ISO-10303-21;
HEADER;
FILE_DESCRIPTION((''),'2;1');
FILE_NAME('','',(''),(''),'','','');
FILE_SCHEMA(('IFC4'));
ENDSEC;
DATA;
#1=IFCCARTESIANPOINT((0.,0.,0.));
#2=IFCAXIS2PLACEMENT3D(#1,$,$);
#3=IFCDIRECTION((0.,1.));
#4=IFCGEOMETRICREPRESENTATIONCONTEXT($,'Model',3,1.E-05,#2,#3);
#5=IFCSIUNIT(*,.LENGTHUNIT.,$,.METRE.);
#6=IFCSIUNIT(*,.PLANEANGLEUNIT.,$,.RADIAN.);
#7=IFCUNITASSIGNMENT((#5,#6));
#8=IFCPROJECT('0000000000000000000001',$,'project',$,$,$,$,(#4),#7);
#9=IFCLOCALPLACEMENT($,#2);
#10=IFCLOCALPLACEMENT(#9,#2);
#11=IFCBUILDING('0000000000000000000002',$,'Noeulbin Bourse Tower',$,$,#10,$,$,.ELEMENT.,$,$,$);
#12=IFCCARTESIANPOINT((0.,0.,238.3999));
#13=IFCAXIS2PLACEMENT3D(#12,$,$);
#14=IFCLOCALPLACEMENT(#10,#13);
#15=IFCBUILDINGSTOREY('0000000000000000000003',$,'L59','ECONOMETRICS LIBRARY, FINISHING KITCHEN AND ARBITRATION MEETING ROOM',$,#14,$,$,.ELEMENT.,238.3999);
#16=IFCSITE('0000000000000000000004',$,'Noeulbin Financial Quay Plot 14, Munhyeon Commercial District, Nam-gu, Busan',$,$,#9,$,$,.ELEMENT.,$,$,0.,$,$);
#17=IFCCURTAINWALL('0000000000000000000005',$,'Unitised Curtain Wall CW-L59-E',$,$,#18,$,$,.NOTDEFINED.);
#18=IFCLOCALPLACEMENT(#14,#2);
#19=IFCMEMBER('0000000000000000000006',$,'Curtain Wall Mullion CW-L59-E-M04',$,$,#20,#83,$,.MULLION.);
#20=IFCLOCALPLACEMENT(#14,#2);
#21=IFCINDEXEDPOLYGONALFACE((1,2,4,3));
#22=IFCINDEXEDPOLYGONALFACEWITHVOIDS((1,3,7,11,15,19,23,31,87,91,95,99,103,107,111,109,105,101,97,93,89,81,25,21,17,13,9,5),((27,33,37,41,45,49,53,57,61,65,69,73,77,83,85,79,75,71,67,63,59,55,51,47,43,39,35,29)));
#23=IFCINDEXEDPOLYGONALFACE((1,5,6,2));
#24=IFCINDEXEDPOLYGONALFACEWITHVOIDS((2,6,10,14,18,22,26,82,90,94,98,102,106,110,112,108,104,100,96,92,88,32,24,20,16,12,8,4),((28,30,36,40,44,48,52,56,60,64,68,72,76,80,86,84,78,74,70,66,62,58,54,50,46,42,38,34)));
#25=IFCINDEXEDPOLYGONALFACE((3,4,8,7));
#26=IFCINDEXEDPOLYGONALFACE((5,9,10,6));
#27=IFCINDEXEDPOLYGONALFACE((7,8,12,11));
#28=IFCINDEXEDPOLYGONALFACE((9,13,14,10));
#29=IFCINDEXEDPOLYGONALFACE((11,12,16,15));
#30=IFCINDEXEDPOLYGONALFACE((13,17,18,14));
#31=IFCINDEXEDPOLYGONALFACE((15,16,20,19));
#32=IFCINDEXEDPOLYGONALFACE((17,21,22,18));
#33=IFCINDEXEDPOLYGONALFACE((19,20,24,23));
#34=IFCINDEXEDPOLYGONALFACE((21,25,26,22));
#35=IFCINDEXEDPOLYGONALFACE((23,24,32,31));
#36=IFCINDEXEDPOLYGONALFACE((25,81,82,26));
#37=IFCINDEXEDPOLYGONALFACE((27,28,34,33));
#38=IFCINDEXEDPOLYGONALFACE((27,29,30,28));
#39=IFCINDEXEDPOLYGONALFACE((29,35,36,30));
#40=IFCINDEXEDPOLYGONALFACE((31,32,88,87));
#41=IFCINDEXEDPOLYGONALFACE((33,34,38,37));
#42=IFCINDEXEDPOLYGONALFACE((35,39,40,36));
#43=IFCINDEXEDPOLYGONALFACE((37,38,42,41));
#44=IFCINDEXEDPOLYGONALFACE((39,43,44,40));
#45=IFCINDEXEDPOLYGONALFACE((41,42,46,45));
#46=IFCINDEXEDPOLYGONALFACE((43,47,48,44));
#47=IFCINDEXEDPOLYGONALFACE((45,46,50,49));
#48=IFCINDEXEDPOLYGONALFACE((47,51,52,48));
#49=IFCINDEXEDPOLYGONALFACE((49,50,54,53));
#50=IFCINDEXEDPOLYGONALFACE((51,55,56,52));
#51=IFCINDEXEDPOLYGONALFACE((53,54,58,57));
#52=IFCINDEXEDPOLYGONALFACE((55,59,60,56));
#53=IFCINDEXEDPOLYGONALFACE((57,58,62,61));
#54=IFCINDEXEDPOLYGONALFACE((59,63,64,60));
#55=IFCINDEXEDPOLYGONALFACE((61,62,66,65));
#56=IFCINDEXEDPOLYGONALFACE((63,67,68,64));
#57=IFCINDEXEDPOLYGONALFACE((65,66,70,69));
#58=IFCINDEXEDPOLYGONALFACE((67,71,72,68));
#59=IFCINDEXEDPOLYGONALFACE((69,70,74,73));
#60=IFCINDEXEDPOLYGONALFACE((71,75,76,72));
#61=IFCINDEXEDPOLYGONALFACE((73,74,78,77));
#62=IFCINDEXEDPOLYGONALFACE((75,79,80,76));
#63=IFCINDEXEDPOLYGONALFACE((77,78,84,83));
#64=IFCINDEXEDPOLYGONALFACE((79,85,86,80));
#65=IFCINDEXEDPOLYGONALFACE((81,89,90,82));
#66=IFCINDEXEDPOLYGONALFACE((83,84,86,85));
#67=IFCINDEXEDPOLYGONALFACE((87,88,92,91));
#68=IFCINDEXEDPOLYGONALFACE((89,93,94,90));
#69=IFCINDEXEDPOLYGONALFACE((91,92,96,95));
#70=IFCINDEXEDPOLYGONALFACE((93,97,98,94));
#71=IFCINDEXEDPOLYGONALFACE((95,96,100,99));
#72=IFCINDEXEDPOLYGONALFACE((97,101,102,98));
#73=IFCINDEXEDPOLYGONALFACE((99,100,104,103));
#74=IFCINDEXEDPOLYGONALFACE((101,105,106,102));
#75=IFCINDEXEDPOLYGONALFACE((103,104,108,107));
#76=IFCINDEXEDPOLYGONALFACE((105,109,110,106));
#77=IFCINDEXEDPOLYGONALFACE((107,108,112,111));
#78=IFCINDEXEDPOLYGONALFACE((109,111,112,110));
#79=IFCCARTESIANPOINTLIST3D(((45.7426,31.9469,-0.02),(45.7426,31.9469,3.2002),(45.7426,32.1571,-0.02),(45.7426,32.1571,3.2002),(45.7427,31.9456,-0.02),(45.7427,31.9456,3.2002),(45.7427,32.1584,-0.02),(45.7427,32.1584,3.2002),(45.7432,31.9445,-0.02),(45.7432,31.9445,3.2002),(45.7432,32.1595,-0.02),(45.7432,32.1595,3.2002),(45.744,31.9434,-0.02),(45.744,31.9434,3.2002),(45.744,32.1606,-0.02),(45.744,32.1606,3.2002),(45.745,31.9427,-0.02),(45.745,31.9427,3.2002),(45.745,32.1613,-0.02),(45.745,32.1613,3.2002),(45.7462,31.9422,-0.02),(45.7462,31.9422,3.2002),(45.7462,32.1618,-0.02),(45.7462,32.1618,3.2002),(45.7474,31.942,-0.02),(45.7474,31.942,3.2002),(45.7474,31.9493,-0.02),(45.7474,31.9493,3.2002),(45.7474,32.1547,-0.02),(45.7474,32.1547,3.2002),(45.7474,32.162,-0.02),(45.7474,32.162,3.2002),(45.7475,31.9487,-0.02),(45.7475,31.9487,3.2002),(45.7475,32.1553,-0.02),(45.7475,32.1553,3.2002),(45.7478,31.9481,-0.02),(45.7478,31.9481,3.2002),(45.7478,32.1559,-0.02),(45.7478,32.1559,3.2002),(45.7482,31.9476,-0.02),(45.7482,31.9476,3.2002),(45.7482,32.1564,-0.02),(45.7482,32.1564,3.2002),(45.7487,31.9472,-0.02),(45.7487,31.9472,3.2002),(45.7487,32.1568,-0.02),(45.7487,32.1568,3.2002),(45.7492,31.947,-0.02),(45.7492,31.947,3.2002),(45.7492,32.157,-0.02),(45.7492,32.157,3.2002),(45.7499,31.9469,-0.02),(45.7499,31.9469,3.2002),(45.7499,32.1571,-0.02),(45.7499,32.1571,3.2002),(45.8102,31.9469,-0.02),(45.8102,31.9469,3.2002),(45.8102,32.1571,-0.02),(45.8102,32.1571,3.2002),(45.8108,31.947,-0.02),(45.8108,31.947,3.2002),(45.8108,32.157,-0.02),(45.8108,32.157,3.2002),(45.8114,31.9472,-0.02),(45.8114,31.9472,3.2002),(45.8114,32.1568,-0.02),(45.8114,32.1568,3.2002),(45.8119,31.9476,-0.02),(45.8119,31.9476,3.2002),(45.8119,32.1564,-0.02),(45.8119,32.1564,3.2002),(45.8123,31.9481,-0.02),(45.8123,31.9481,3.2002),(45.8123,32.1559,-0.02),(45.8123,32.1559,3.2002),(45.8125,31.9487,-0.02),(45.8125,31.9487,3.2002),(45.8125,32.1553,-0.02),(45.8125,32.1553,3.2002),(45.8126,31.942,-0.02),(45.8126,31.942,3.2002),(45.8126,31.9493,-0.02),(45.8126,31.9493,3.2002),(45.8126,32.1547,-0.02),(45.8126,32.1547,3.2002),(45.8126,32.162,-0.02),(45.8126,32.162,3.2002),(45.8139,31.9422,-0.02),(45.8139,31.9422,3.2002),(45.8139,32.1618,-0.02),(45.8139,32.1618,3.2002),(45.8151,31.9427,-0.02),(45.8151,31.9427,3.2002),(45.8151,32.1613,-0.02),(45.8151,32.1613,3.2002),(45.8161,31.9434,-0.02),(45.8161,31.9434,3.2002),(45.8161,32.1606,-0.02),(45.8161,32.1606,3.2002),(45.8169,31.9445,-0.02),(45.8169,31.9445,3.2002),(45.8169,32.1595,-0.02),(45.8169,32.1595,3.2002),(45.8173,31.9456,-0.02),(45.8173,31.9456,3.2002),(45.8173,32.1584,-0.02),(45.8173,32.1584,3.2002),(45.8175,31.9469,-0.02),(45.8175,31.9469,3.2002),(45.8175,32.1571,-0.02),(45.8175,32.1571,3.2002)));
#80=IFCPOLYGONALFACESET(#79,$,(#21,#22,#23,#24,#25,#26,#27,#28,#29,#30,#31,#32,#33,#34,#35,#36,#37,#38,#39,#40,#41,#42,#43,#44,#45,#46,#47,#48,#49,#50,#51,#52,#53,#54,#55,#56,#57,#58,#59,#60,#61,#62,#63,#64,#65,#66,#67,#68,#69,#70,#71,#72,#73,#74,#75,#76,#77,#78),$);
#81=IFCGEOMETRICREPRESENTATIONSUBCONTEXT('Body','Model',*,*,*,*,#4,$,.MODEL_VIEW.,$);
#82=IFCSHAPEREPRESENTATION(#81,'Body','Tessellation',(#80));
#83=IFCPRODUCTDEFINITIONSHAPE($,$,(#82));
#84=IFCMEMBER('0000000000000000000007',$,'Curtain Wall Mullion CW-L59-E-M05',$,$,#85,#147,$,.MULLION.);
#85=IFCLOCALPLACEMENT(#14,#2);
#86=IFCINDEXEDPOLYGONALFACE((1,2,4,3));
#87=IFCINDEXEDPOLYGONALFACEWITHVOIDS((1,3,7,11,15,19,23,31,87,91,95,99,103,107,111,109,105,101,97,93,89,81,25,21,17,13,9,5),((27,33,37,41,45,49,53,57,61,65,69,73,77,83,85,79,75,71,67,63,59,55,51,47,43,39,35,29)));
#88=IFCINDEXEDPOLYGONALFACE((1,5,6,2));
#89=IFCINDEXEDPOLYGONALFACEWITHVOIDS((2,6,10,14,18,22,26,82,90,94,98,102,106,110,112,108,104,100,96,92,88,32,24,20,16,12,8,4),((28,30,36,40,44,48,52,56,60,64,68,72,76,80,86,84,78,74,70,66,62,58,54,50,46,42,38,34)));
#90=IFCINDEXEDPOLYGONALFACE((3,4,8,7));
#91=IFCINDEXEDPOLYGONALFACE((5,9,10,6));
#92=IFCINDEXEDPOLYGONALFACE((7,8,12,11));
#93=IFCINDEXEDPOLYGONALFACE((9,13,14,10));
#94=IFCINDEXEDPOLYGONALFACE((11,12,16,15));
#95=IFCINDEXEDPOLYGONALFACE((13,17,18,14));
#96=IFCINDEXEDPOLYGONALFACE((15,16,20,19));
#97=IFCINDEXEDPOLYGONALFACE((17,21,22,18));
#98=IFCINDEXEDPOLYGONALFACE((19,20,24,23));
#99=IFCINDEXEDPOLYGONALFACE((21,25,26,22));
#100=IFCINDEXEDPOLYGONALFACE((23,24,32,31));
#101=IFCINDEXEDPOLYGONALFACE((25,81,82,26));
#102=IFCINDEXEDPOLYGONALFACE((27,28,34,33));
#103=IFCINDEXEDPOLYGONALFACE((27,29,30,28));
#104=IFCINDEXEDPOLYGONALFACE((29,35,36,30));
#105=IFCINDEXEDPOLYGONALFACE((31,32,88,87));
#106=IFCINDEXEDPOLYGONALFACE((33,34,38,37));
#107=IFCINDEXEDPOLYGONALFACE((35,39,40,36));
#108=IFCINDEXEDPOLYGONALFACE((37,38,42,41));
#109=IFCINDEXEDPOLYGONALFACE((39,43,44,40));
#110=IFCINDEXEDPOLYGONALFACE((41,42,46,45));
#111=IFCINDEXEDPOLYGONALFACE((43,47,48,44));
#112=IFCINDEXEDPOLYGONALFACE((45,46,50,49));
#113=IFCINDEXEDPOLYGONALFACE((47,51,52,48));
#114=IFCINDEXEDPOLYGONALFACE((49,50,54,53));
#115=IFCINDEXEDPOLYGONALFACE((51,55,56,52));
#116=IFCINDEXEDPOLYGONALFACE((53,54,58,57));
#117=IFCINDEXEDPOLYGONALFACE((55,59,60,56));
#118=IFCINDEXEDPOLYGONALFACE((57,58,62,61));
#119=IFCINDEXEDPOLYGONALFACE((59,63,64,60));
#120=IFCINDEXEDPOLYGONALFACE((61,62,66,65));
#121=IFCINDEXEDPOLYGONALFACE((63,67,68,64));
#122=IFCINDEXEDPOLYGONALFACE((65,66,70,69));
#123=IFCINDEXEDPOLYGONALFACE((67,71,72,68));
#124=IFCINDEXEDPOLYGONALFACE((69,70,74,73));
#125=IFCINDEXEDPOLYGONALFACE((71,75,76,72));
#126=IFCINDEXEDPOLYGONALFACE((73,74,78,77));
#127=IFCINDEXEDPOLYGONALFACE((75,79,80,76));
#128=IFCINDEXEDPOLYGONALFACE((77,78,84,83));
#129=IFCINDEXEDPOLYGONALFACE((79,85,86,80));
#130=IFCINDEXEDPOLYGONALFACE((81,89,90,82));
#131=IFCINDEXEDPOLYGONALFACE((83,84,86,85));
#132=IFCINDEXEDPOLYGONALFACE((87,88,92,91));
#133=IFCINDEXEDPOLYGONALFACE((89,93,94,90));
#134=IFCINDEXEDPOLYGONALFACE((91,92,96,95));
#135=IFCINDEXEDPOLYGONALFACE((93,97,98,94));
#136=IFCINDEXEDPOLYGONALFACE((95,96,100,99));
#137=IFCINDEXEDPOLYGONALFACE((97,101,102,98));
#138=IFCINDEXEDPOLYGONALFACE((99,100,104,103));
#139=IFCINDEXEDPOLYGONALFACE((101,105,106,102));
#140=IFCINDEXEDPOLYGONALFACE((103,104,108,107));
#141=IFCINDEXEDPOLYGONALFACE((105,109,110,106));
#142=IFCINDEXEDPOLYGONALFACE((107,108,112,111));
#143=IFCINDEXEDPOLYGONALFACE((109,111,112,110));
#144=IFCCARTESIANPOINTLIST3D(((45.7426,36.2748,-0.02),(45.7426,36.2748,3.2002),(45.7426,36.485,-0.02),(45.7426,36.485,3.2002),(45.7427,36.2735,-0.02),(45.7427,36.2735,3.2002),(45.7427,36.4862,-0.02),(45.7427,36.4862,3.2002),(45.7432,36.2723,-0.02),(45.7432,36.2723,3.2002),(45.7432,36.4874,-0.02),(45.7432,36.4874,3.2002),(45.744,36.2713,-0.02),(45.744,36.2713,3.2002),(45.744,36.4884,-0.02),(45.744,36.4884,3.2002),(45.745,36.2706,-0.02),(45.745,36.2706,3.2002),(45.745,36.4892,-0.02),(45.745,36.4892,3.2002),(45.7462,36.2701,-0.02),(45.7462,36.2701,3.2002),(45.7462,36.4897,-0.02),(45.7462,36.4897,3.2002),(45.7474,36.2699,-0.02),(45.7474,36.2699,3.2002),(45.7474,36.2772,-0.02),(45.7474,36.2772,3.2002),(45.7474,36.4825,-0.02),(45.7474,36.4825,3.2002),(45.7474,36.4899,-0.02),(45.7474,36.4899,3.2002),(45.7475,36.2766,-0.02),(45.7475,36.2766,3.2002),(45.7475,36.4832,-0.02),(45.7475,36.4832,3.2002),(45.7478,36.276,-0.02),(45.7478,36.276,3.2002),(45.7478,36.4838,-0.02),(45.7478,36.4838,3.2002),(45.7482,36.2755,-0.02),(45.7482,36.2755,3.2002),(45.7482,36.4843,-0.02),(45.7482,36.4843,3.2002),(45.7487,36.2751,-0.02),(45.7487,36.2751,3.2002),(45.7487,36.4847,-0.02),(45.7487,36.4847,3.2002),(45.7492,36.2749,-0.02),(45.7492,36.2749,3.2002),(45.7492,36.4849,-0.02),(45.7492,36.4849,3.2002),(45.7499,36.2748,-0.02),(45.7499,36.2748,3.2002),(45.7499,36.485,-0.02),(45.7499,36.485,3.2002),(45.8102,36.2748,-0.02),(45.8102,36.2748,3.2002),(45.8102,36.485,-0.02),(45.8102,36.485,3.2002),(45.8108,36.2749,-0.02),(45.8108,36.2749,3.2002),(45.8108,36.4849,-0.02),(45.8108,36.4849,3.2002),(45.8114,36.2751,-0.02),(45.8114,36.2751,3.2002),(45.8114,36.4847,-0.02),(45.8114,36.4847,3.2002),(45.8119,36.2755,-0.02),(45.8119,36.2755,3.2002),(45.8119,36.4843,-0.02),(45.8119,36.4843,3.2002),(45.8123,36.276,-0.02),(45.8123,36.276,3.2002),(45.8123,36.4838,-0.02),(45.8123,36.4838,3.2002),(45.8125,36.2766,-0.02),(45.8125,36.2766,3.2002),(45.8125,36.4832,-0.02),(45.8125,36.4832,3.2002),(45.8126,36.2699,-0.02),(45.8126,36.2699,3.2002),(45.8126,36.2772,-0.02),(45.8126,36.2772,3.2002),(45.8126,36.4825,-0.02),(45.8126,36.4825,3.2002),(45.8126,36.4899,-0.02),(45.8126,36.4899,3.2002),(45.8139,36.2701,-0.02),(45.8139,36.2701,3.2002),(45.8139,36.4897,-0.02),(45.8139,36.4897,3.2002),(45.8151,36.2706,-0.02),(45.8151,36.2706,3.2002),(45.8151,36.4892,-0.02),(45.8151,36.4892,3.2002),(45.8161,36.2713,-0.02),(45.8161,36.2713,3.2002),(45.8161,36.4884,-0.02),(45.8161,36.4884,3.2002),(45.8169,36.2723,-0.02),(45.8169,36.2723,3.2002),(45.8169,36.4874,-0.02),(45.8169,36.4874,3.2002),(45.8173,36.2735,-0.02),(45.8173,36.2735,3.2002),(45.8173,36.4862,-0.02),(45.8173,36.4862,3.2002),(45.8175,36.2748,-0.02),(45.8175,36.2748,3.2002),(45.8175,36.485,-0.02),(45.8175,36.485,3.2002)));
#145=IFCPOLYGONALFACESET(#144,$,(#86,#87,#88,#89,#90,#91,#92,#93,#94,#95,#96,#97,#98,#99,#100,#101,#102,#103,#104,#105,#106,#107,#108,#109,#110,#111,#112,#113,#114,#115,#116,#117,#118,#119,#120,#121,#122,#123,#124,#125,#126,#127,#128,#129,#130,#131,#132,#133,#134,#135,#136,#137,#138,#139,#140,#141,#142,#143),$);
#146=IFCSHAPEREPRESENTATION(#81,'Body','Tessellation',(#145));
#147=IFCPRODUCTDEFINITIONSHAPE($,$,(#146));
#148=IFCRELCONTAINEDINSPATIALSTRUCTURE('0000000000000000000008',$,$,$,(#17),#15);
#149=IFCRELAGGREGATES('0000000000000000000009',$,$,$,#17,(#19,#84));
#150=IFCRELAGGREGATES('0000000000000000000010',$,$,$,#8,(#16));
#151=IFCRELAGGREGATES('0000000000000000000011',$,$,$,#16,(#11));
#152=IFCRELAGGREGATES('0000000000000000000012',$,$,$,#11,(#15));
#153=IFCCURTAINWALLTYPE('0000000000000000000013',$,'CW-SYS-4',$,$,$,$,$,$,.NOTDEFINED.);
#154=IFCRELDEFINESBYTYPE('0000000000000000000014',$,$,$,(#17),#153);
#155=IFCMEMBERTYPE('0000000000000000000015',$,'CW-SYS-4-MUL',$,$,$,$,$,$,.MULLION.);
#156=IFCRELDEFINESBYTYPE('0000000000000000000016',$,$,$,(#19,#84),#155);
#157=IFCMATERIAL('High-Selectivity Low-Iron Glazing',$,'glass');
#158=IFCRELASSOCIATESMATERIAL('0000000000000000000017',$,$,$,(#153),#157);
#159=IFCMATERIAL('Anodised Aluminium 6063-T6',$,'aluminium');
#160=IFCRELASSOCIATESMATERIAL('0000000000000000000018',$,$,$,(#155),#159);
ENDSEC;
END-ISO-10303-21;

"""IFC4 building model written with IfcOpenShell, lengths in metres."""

from ifc_helpers import new_model, si_unit, direction, frame, origin, origin_2d, place, context, subcontext, project, spatial, hollow_rectangle, extrude, material, material_profile, profile_set, type_object, element, aggregate, save


model = new_model("IFC4")

# Units and contexts
model_context = context("Model", 3, precision=1e-05, world=origin(), true_north=direction((0.0, 1.0)))
body_context = subcontext(model_context, "Body", "Model", "MODEL_VIEW")
ifc_project = project(units=[si_unit("LENGTHUNIT", "METRE"), si_unit("PLANEANGLEUNIT", "RADIAN")], contexts=[model_context])

# Site, building, storey
site_placement = place(None, origin())
site = spatial("IfcSite", under=ifc_project, at=site_placement, Name="Noeulbin Financial Quay Plot 14, Munhyeon Commercial District, Nam-gu, Busan", CompositionType="ELEMENT", RefElevation=0.0)
building_placement = place(site_placement, origin())
building = spatial("IfcBuilding", under=site, at=building_placement, Name="Noeulbin Bourse Tower", CompositionType="ELEMENT")
storey_placement = place(building_placement, frame((0.0, 0.0, 238.3999)))
storey = spatial("IfcBuildingStorey", under=building, at=storey_placement, Name="L59", Description="ECONOMETRICS LIBRARY, FINISHING KITCHEN AND ARBITRATION MEETING ROOM", CompositionType="ELEMENT", Elevation=238.3999)

# Curtain wall, members
ifc_material_1 = material(Name="High-Selectivity Low-Iron Glazing", Category="glass")
curtain_wall_type = type_object("IfcCurtainWallType", Name="CW-SYS-4", PredefinedType="NOTDEFINED", material=ifc_material_1)
ifc_material_2 = material(Name="Anodised Aluminium 6063-T6", Category="aluminium")
ifc_material_profile_1 = material_profile(ifc_material_2, hollow_rectangle(XDim=0.075, YDim=0.22, WallThickness=0.0049, InnerFilletRadius=0.0024, OuterFilletRadius=0.0049, at=origin_2d()), Name="ALU-MULL-75x220x5", Category="LoadBearing")
ifc_profile_set_1 = profile_set([ifc_material_profile_1], Name="Anodised Aluminium 6063-T6")
member_type_1 = type_object("IfcMemberType", Name="CW-SYS-4-MUL", PredefinedType="MULLION", material=ifc_profile_set_1)
curtain_wall_1_placement = place(storey_placement, origin())
curtain_wall_1 = element("IfcCurtainWall", 1, at=curtain_wall_1_placement, inside=storey, type_object=curtain_wall_type, Name="Unitised Curtain Wall CW-L59-E", PredefinedType="NOTDEFINED")
member_1_placement = place(storey_placement, frame((45.78, 32.052, -0.02), z_axis=(0.0, 0.0, 1.0), x_axis=(1.0, 0.0, 0.0)))
member_1 = element("IfcMember", 2, at=member_1_placement, type_object=member_type_1, Name="Curtain Wall Mullion CW-L59-E-M04", PredefinedType="MULLION", context=body_context, shape_type="SweptSolid", body=[
    extrude(hollow_rectangle(XDim=0.075, YDim=0.22, WallThickness=0.0049, InnerFilletRadius=0.0024, OuterFilletRadius=0.0049, at=origin_2d()), origin(), (0.0, 0.0, 1.0), 3.2202),
])
member_2_placement = place(storey_placement, frame((45.78, 36.3799, -0.02), z_axis=(0.0, 0.0, 1.0), x_axis=(1.0, 0.0, 0.0)))
member_2 = element("IfcMember", 3, at=member_2_placement, type_object=member_type_1, Name="Curtain Wall Mullion CW-L59-E-M05", PredefinedType="MULLION", context=body_context, shape_type="SweptSolid", body=[
    extrude(hollow_rectangle(XDim=0.075, YDim=0.22, WallThickness=0.0049, InnerFilletRadius=0.0024, OuterFilletRadius=0.0049, at=origin_2d()), origin(), (0.0, 0.0, 1.0), 3.2202),
])

aggregate(curtain_wall_1, [member_1, member_2])

save(model, "model.ifc")
